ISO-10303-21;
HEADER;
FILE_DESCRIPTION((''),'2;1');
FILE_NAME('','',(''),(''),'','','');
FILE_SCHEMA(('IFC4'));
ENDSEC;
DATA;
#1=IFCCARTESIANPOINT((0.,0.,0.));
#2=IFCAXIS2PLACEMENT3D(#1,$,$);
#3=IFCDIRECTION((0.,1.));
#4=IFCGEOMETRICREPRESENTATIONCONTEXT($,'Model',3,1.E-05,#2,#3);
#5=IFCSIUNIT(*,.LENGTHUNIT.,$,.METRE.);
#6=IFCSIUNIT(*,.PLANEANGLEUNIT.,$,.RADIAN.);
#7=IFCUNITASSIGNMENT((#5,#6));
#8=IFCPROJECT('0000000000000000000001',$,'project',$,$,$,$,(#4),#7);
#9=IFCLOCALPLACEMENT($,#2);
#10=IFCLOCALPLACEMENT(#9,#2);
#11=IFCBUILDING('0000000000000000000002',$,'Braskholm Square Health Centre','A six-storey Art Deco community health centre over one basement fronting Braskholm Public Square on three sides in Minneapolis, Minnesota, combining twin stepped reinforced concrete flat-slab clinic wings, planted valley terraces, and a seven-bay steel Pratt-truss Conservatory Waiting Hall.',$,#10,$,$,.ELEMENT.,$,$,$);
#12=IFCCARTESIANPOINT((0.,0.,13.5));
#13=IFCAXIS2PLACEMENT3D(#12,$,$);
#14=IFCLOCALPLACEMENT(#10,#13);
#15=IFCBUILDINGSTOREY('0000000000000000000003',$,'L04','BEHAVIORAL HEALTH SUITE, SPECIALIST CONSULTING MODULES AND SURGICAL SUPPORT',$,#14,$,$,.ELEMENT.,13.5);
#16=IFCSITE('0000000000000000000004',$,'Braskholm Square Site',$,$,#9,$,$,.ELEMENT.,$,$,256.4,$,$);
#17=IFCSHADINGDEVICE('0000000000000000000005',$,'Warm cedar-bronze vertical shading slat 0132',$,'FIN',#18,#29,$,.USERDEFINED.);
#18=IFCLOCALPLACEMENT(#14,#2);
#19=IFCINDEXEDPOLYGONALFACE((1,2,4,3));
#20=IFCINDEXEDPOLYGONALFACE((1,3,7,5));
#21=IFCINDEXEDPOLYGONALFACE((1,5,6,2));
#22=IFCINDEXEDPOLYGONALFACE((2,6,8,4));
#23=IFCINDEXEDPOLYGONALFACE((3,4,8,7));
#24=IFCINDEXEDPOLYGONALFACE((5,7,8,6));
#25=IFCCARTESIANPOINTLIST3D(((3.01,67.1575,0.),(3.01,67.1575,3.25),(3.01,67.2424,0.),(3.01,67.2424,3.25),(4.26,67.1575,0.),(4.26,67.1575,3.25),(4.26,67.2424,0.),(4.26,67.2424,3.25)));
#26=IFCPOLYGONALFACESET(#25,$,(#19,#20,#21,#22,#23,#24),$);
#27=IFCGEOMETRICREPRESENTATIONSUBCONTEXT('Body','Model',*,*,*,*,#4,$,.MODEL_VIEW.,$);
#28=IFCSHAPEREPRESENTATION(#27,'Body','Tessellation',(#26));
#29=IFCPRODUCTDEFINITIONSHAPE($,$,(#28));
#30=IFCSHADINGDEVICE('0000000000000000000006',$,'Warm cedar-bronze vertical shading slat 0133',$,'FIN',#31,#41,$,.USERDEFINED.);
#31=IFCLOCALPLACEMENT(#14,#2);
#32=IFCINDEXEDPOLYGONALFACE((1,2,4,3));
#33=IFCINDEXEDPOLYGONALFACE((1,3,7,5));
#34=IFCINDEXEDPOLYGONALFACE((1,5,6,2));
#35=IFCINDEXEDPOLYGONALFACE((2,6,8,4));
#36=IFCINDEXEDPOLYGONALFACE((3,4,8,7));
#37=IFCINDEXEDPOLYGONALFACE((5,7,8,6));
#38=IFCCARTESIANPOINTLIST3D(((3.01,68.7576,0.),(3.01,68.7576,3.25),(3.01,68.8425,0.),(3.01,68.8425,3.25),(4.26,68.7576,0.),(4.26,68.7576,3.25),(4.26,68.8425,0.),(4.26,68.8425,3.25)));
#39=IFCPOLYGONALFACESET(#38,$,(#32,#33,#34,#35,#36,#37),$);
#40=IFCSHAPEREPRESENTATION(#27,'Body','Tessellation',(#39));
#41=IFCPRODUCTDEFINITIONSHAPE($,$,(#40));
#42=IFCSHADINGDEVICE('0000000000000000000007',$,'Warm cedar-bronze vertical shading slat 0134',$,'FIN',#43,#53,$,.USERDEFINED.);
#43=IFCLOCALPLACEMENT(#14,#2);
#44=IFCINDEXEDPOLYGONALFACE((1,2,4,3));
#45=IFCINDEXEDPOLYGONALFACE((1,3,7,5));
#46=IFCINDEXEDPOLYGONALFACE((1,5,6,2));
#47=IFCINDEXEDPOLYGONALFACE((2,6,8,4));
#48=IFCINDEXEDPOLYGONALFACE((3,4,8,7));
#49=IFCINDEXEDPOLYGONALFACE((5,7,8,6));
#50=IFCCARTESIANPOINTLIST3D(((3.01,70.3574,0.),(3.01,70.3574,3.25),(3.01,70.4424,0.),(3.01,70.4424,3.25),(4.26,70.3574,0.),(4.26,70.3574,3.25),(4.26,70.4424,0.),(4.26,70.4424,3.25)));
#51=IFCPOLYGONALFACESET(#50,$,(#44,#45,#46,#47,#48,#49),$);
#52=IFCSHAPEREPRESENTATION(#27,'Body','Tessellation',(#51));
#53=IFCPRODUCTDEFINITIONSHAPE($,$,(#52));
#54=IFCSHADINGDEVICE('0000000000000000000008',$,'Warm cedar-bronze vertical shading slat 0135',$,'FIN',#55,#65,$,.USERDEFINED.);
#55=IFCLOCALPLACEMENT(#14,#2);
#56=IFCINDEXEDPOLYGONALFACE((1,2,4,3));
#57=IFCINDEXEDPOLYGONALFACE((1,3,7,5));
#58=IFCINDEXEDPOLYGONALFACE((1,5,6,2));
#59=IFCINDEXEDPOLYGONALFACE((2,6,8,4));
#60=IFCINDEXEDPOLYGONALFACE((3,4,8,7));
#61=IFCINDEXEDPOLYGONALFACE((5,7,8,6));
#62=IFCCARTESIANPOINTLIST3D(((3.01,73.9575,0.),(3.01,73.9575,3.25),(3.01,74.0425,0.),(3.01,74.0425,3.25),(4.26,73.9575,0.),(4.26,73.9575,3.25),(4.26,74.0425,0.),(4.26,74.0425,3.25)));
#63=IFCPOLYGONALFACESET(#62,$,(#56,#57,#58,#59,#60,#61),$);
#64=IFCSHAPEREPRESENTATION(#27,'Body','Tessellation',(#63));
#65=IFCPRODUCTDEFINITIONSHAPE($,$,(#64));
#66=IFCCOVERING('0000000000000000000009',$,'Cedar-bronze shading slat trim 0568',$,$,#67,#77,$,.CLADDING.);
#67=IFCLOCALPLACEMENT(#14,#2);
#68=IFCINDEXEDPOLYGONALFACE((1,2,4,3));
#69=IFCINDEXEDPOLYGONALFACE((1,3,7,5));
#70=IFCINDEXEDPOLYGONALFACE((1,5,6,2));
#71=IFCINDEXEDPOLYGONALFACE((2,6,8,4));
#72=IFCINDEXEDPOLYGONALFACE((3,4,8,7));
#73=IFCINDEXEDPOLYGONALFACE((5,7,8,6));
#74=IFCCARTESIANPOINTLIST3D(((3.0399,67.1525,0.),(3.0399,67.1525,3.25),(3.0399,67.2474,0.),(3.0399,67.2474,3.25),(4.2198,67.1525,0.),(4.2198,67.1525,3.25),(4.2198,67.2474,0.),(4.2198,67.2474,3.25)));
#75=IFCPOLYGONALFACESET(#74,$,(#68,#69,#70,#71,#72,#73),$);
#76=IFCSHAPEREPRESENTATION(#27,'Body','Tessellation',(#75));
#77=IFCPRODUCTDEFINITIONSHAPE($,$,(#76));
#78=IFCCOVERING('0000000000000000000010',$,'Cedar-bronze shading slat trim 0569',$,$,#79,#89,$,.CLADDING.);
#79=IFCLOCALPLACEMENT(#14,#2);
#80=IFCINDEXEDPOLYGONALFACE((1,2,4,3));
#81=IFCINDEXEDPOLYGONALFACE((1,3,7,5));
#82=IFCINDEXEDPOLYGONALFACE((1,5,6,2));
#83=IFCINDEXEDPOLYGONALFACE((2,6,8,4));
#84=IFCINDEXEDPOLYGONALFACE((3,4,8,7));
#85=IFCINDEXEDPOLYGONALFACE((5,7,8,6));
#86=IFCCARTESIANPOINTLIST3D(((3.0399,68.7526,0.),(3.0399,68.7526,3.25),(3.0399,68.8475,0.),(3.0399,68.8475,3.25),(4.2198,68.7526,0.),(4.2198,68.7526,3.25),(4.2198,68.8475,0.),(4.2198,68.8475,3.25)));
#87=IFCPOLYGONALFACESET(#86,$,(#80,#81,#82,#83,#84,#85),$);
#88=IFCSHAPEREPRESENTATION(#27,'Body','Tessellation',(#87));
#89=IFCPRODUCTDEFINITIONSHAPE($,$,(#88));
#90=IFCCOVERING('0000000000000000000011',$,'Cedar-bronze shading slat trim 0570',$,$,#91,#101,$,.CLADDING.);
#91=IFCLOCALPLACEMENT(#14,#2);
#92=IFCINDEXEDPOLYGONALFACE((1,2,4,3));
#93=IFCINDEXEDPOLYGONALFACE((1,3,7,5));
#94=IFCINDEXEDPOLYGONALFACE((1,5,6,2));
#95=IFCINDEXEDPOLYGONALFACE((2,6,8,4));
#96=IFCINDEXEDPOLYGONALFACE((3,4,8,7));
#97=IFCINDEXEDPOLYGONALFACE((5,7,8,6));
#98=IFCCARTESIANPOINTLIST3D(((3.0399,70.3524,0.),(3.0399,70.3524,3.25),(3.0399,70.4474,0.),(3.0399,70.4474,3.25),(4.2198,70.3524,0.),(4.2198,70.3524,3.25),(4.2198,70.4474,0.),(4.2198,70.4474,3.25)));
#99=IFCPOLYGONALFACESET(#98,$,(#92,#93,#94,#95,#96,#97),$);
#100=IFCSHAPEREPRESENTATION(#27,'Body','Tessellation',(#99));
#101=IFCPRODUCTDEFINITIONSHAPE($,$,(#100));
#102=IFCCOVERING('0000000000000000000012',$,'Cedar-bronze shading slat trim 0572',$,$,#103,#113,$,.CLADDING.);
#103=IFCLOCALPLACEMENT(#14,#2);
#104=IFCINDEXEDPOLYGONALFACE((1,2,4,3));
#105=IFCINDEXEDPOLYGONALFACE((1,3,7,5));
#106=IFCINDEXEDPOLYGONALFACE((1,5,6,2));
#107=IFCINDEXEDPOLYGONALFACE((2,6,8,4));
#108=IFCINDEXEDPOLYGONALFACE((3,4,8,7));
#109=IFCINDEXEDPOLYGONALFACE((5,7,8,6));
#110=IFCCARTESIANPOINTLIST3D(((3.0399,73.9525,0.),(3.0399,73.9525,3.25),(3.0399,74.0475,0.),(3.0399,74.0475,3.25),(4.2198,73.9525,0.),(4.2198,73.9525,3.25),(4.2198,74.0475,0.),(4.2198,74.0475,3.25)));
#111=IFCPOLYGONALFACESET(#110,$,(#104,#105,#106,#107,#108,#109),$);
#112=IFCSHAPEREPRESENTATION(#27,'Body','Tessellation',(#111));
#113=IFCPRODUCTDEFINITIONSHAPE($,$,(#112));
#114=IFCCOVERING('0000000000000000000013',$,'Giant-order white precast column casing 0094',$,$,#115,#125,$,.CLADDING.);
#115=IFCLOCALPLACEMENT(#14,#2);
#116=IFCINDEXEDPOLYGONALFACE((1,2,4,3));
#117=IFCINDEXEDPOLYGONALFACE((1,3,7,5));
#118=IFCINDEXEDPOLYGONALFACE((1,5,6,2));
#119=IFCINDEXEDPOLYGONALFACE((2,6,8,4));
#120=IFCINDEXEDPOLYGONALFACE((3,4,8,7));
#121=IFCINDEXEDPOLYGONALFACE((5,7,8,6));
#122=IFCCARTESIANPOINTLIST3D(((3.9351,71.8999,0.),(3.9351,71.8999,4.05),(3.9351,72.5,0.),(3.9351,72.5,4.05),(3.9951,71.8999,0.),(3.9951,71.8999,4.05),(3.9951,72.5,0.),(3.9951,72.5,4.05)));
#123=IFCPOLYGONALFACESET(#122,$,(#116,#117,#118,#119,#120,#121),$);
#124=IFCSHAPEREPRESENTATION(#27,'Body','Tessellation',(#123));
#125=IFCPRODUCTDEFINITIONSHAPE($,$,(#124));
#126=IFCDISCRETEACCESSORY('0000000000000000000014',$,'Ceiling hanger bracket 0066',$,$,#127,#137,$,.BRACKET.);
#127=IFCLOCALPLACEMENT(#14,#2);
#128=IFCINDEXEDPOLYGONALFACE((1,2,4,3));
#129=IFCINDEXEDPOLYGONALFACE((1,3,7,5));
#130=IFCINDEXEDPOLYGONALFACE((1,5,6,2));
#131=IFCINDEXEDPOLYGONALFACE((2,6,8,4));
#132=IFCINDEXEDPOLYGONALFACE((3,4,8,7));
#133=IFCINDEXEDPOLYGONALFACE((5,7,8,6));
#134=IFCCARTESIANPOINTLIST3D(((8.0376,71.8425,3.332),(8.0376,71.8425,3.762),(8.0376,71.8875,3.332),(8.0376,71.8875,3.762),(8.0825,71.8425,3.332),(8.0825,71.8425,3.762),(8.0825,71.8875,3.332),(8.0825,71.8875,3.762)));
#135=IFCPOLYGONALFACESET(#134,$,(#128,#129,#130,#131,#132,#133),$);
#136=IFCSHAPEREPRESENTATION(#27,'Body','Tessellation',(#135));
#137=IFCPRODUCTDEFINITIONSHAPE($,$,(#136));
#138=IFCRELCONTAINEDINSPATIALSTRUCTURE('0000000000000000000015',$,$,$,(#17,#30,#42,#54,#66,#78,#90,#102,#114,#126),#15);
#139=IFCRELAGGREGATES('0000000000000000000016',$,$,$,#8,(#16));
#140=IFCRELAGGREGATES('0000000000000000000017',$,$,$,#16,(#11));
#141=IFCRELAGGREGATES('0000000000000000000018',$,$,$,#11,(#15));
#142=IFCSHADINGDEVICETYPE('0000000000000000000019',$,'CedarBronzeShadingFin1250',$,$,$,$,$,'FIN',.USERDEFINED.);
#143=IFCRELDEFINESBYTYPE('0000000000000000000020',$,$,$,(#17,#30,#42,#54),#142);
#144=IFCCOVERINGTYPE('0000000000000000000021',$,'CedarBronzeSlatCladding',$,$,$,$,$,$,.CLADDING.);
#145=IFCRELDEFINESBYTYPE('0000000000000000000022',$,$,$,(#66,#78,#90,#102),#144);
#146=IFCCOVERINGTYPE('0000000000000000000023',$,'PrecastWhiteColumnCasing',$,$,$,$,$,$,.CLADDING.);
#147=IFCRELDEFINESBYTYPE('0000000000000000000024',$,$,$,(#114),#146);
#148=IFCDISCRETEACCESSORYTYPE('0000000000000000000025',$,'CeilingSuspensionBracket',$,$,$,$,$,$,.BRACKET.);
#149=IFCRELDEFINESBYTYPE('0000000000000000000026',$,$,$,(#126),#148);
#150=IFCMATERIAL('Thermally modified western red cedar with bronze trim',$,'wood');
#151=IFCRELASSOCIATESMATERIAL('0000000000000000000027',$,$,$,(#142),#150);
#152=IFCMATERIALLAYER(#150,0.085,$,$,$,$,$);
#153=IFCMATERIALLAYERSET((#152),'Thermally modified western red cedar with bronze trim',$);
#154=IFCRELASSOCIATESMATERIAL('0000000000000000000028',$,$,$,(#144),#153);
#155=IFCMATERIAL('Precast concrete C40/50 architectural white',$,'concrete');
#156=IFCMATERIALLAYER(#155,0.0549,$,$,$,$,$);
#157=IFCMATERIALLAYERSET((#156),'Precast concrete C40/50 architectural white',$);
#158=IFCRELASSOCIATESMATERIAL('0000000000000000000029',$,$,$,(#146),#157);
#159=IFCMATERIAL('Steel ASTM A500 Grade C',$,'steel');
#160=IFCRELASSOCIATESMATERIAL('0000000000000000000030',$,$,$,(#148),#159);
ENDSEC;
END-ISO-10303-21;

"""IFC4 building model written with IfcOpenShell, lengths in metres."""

from ifc_helpers import new_model, si_unit, direction, frame, origin, origin_2d, place, context, subcontext, project, spatial, rectangle, extrude, material, layer, layer_set, type_object, element, save


model = new_model("IFC4")

# Units and contexts
model_context = context("Model", 3, precision=1e-05, world=origin(), true_north=direction((0.0, 1.0)))
body_context = subcontext(model_context, "Body", "Model", "MODEL_VIEW")
ifc_project = project(units=[si_unit("LENGTHUNIT", "METRE"), si_unit("PLANEANGLEUNIT", "RADIAN")], contexts=[model_context])

# Site, building, storey
site_placement = place(None, origin())
site = spatial("IfcSite", under=ifc_project, at=site_placement, Name="Braskholm Square Site", CompositionType="ELEMENT", RefElevation=256.4)
building_placement = place(site_placement, origin())
building = spatial("IfcBuilding", under=site, at=building_placement, Name="Braskholm Square Health Centre", Description="A six-storey Art Deco community health centre over one basement fronting Braskholm Public Square on three sides in Minneapolis, Minnesota, combining twin stepped reinforced concrete flat-slab clinic wings, planted valley terraces, and a seven-bay steel Pratt-truss Conservatory Waiting Hall.", CompositionType="ELEMENT")
storey_placement = place(building_placement, frame((0.0, 0.0, 13.5)))
storey = spatial("IfcBuildingStorey", under=building, at=storey_placement, Name="L04", Description="BEHAVIORAL HEALTH SUITE, SPECIALIST CONSULTING MODULES AND SURGICAL SUPPORT", CompositionType="ELEMENT", Elevation=13.5)

# Shared definitions
ifc_material_1 = material(Name="Precast concrete C40/50 architectural white", Category="concrete")

# Shading devices
ifc_material_2 = material(Name="Thermally modified western red cedar with bronze trim", Category="wood")
shading_device_type = type_object("IfcShadingDeviceType", Name="CedarBronzeShadingFin1250", ElementType="FIN", PredefinedType="USERDEFINED", material=ifc_material_2)
for number, where, z_axis, x_axis, name in (
    (1, (3.635, 67.2, 0.0), (0.0, 0.0, 1.0), (1.0, 0.0, 0.0), "Warm cedar-bronze vertical shading slat 0132"),
    (2, (3.635, 68.8, 0.0), (0.0, 0.0, 1.0), (1.0, 0.0, 0.0), "Warm cedar-bronze vertical shading slat 0133"),
    (3, (3.635, 70.3999, 0.0), (0.0, 0.0, 1.0), (1.0, 0.0, 0.0), "Warm cedar-bronze vertical shading slat 0134"),
    (4, (3.635, 74.0, 0.0), (0.0, 0.0, 1.0), (1.0, 0.0, 0.0), "Warm cedar-bronze vertical shading slat 0135"),
):
    element("IfcShadingDevice", number, at=place(storey_placement, frame(where, z_axis=z_axis, x_axis=x_axis)), inside=storey, type_object=shading_device_type, Name=name, ObjectType="FIN", PredefinedType="USERDEFINED", context=body_context, shape_type="SweptSolid", body=[
        extrude(rectangle(XDim=1.25, YDim=0.085, at=origin_2d()), origin(), (0.0, 0.0, 1.0), 3.25),
    ])

# Coverings
ifc_layer_1 = layer(ifc_material_2, 0.085)
ifc_layer_set_1 = layer_set([ifc_layer_1], Name="Thermally modified western red cedar with bronze trim")
covering_type_1 = type_object("IfcCoveringType", Name="CedarBronzeSlatCladding", PredefinedType="CLADDING", material=ifc_layer_set_1)
for number, where, z_axis, x_axis, name in (
    (5, (3.6299, 67.2, 0.0), (0.0, 0.0, 1.0), (1.0, 0.0, 0.0), "Cedar-bronze shading slat trim 0568"),
    (6, (3.6299, 68.8, 0.0), (0.0, 0.0, 1.0), (1.0, 0.0, 0.0), "Cedar-bronze shading slat trim 0569"),
    (7, (3.6299, 70.3999, 0.0), (0.0, 0.0, 1.0), (1.0, 0.0, 0.0), "Cedar-bronze shading slat trim 0570"),
    (8, (3.6299, 74.0, 0.0), (0.0, 0.0, 1.0), (1.0, 0.0, 0.0), "Cedar-bronze shading slat trim 0572"),
):
    element("IfcCovering", number, at=place(storey_placement, frame(where, z_axis=z_axis, x_axis=x_axis)), inside=storey, type_object=covering_type_1, Name=name, PredefinedType="CLADDING", context=body_context, shape_type="SweptSolid", body=[
        extrude(rectangle(XDim=1.1799, YDim=0.095, at=origin_2d()), origin(), (0.0, 0.0, 1.0), 3.25),
    ])
ifc_layer_2 = layer(ifc_material_1, 0.0549)
ifc_layer_set_2 = layer_set([ifc_layer_2], Name="Precast concrete C40/50 architectural white")
covering_type_2 = type_object("IfcCoveringType", Name="PrecastWhiteColumnCasing", PredefinedType="CLADDING", material=ifc_layer_set_2)
covering_placement = place(storey_placement, frame((3.9651, 72.2, 0.0), z_axis=(0.0, 0.0, 1.0), x_axis=(1.0, 0.0, 0.0)))
element("IfcCovering", 9, at=covering_placement, inside=storey, type_object=covering_type_2, Name="Giant-order white precast column casing 0094", PredefinedType="CLADDING", context=body_context, shape_type="SweptSolid", body=[
    extrude(rectangle(XDim=0.0601, YDim=0.6001, at=origin_2d()), origin(), (0.0, 0.0, 1.0), 4.05),
])

# Discrete accessory
ifc_material_3 = material(Name="Steel ASTM A500 Grade C", Category="steel")
discrete_accessory_type = type_object("IfcDiscreteAccessoryType", Name="CeilingSuspensionBracket", PredefinedType="BRACKET", material=ifc_material_3)
discrete_accessory_placement = place(storey_placement, frame((8.0601, 71.865, 3.332), z_axis=(0.0, 0.0, 1.0), x_axis=(1.0, 0.0, 0.0)))
element("IfcDiscreteAccessory", 10, at=discrete_accessory_placement, inside=storey, type_object=discrete_accessory_type, Name="Ceiling hanger bracket 0066", PredefinedType="BRACKET", context=body_context, shape_type="SweptSolid", body=[
    extrude(rectangle(XDim=0.0449, YDim=0.0449, at=origin_2d()), origin(), (0.0, 0.0, 1.0), 0.4299),
])

save(model, "model.ifc")
